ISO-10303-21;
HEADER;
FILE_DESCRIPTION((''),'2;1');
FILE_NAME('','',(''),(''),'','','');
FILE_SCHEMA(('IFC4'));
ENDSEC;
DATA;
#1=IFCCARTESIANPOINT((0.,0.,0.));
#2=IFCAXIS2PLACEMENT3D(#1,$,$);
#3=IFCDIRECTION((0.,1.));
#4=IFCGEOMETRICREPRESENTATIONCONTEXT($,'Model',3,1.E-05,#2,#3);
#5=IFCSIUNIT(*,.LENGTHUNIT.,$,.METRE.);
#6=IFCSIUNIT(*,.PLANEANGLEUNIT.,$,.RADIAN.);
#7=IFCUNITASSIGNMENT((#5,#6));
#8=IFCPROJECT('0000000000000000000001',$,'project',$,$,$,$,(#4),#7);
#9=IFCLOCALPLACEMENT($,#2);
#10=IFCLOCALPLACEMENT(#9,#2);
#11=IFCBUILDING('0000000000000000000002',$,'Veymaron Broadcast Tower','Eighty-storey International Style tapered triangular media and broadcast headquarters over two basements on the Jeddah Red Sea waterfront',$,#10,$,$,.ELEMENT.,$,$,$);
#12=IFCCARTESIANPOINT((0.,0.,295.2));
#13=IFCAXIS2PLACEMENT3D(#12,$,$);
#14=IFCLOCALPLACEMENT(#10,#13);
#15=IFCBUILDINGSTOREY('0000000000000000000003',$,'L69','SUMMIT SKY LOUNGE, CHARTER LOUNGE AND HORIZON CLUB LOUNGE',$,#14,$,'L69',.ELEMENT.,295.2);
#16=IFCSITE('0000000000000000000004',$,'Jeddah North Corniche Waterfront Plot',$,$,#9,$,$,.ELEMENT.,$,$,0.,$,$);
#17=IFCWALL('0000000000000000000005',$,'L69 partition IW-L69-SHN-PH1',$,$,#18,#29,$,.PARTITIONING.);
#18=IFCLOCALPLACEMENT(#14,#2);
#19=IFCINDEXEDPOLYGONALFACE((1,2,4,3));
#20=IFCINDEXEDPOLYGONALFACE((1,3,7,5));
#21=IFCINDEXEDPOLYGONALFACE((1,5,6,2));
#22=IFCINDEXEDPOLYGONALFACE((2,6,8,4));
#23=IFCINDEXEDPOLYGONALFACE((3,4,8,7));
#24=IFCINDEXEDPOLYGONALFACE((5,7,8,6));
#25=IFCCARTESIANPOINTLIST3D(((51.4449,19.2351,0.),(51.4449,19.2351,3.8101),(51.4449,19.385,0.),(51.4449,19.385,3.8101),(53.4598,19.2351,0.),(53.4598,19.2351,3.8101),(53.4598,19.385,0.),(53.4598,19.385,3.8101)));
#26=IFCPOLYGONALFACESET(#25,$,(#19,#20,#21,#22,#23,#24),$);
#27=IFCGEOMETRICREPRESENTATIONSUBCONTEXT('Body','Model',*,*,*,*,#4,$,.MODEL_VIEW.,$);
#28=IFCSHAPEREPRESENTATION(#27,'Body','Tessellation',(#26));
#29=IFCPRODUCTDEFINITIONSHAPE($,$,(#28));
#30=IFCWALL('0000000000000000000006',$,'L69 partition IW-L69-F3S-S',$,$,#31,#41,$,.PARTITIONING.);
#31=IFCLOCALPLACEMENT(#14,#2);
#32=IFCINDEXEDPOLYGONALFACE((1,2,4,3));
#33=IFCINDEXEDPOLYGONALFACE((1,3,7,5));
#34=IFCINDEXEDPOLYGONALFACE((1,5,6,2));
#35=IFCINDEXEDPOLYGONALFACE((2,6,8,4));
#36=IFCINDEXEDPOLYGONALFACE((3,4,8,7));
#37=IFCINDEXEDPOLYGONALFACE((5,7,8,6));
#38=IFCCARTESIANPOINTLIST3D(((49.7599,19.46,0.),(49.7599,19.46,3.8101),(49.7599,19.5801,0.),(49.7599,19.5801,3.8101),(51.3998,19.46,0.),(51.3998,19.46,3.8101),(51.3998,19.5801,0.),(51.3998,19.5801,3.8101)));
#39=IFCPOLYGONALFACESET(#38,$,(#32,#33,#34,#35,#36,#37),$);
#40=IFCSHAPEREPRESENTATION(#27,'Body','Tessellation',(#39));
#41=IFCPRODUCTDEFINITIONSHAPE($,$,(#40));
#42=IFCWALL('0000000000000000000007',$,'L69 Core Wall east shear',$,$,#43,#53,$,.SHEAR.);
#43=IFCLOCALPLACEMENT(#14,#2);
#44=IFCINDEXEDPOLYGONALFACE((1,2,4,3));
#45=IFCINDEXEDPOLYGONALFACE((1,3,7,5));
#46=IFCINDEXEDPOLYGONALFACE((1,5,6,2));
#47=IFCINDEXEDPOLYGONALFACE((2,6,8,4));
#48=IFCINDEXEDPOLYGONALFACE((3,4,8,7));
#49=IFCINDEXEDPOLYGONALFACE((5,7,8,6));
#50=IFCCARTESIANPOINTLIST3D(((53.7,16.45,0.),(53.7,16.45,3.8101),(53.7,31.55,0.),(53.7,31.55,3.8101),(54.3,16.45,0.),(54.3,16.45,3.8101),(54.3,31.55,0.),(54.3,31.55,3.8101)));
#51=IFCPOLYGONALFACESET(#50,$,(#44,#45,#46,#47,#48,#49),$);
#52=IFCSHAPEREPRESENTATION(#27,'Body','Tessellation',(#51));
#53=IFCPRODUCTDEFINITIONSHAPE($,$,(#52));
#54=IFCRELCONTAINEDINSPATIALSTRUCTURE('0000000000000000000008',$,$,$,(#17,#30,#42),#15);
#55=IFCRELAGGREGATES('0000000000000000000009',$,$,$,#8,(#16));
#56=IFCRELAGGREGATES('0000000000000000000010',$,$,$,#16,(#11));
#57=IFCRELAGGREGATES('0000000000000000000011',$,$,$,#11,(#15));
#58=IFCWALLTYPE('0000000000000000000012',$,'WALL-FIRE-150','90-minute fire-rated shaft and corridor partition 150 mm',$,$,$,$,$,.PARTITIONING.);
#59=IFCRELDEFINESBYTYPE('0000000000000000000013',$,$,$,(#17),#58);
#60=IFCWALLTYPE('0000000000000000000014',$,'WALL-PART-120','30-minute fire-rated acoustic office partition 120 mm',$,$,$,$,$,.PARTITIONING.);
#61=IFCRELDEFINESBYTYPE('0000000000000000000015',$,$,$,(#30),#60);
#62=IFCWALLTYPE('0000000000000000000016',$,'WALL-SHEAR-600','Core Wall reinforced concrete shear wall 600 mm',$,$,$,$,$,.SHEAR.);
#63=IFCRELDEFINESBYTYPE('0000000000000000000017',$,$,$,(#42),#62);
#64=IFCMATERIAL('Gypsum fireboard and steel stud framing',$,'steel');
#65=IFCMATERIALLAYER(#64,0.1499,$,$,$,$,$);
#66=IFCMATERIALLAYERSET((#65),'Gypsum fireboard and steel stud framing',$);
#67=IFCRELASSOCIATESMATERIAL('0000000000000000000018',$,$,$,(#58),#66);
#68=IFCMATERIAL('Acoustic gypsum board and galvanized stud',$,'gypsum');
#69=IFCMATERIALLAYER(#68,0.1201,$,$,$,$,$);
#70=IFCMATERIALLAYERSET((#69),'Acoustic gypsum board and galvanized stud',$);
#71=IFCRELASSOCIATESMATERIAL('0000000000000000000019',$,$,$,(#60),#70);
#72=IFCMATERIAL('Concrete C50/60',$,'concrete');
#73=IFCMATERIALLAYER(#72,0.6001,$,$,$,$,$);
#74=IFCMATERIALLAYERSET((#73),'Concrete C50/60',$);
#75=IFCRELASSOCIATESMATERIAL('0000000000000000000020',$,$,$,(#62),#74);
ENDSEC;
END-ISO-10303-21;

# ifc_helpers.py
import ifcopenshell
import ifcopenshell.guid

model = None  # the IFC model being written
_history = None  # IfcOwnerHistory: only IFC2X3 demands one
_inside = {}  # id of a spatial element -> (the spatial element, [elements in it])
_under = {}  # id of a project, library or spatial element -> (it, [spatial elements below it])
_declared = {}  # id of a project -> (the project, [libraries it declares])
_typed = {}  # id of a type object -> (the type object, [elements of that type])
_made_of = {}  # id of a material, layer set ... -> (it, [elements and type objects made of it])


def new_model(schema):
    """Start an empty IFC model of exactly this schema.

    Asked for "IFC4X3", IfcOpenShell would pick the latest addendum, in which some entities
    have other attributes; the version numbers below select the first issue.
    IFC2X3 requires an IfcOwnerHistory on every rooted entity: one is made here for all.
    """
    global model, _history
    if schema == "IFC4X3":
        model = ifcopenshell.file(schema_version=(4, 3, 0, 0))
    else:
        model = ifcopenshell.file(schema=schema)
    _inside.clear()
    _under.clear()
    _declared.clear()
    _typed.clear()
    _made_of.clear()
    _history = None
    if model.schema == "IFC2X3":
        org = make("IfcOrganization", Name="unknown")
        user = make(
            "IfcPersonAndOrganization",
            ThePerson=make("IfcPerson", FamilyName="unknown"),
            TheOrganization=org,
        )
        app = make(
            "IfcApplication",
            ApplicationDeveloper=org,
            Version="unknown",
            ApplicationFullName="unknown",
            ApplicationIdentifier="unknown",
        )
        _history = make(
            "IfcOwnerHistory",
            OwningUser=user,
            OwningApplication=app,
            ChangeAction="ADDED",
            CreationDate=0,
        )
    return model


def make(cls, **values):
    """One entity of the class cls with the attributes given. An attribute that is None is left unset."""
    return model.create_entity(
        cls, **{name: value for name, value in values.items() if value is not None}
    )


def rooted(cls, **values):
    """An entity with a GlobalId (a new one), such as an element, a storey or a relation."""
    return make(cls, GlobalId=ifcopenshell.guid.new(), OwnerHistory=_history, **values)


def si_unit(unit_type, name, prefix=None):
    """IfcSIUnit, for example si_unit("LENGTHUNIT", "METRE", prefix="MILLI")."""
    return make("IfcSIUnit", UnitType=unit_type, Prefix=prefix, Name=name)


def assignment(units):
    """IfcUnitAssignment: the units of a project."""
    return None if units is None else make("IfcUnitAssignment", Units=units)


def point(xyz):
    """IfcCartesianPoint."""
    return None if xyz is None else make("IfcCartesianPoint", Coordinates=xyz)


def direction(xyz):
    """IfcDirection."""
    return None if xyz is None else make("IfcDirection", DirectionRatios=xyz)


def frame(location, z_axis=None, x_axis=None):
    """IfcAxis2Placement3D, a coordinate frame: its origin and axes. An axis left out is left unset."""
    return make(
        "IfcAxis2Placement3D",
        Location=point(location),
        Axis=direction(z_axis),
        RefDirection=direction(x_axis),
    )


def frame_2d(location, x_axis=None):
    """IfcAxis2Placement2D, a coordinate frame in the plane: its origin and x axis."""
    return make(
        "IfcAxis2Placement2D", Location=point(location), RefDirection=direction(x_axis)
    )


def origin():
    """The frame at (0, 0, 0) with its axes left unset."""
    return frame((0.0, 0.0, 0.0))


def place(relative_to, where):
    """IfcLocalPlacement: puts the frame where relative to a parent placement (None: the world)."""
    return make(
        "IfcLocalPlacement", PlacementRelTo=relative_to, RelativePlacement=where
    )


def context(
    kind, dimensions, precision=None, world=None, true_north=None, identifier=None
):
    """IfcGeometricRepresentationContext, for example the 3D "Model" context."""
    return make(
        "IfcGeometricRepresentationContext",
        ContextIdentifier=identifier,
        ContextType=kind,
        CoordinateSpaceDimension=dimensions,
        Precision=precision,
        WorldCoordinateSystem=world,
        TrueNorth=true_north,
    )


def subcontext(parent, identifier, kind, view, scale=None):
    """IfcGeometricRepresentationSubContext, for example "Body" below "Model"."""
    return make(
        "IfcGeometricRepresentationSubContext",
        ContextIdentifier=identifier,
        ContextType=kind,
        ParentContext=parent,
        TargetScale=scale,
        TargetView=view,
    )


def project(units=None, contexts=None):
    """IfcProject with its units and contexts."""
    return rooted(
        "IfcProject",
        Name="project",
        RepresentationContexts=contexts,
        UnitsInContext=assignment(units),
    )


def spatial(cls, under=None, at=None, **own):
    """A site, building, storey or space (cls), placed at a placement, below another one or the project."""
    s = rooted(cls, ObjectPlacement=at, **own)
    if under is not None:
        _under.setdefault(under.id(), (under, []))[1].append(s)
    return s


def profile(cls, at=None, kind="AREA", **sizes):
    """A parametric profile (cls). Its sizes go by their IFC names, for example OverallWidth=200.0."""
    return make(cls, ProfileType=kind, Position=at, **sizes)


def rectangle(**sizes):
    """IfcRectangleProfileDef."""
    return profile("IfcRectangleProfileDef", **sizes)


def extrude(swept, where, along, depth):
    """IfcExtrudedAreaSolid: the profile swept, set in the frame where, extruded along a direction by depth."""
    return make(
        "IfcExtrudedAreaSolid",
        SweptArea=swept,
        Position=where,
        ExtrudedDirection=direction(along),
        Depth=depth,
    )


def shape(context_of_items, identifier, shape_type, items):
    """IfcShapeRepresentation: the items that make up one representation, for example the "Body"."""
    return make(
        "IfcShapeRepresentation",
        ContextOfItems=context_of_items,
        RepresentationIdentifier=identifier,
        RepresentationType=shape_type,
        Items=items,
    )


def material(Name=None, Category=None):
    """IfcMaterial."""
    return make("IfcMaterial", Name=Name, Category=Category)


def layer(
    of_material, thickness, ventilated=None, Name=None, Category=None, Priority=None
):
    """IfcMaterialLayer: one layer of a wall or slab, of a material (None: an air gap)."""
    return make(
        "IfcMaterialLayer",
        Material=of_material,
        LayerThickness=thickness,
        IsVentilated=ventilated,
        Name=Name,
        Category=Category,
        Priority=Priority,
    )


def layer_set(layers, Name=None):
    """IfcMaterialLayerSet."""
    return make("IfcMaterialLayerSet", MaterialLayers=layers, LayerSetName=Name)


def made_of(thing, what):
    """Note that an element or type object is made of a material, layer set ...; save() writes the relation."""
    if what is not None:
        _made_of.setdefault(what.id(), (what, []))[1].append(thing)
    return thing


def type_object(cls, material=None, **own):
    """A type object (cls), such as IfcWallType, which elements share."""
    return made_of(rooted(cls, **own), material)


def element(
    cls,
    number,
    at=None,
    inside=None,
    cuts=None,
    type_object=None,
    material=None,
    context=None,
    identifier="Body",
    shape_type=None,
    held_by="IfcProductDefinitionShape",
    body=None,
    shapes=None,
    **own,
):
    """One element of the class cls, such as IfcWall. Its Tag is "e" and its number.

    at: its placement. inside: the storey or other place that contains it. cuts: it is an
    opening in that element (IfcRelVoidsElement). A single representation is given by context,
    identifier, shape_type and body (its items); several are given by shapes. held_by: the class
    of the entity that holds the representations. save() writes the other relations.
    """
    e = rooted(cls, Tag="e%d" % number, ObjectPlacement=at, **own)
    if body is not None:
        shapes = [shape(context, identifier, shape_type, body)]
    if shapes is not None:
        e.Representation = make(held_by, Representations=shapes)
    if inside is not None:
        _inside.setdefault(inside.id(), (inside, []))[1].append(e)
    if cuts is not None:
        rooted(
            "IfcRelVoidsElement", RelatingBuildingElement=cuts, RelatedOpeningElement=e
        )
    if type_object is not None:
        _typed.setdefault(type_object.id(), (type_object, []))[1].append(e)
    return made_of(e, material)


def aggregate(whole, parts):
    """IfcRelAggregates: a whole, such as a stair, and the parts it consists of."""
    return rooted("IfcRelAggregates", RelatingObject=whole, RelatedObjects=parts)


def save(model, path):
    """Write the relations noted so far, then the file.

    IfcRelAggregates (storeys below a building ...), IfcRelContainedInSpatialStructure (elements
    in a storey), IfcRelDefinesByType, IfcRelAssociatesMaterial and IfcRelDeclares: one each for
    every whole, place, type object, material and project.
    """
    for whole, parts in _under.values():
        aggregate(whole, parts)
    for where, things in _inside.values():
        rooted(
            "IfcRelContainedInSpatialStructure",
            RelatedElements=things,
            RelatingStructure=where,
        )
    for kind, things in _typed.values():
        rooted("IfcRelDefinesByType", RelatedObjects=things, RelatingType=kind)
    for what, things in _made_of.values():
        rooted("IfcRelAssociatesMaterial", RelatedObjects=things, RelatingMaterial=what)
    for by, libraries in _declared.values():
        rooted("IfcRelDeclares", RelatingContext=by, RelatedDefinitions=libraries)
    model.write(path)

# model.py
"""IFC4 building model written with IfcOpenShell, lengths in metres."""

from ifc_helpers import new_model, si_unit, direction, frame, frame_2d, origin, place, context, subcontext, project, spatial, rectangle, extrude, material, layer, layer_set, type_object, element, save


model = new_model("IFC4")

# Units and contexts
model_context = context("Model", 3, precision=1e-05, world=origin(), true_north=direction((0.0, 1.0)))
body_context = subcontext(model_context, "Body", "Model", "MODEL_VIEW")
ifc_project = project(units=[si_unit("LENGTHUNIT", "METRE"), si_unit("PLANEANGLEUNIT", "RADIAN")], contexts=[model_context])

# Site, building, storey
site_placement = place(None, origin())
site = spatial("IfcSite", under=ifc_project, at=site_placement, Name="Jeddah North Corniche Waterfront Plot", CompositionType="ELEMENT", RefElevation=0.0)
building_placement = place(site_placement, origin())
building = spatial("IfcBuilding", under=site, at=building_placement, Name="Veymaron Broadcast Tower", Description="Eighty-storey International Style tapered triangular media and broadcast headquarters over two basements on the Jeddah Red Sea waterfront", CompositionType="ELEMENT")
storey_placement = place(building_placement, frame((0.0, 0.0, 295.2)))
storey = spatial("IfcBuildingStorey", under=building, at=storey_placement, Name="L69", Description="SUMMIT SKY LOUNGE, CHARTER LOUNGE AND HORIZON CLUB LOUNGE", LongName="L69", CompositionType="ELEMENT", Elevation=295.2)

# Shared definitions
ifc_material_1 = material(Name="Gypsum fireboard and steel stud framing", Category="steel")
ifc_layer_1 = layer(ifc_material_1, 0.1499)
ifc_layer_set_1 = layer_set([ifc_layer_1], Name="Gypsum fireboard and steel stud framing")
wall_type_1 = type_object("IfcWallType", Name="WALL-FIRE-150", Description="90-minute fire-rated shaft and corridor partition 150 mm", PredefinedType="PARTITIONING", material=ifc_layer_set_1)

# Wall
for number, where, z_axis, x_axis, name in (
    (1, (51.4451, 19.3101, 0.0), (0.0, 0.0, 1.0), (1.0, 0.0, 0.0), "L69 partition IW-L69-SHN-PH1"),
):
    element("IfcWall", number, at=place(storey_placement, frame(where, z_axis=z_axis, x_axis=x_axis)), inside=storey, type_object=wall_type_1, Name=name, PredefinedType="PARTITIONING", context=body_context, shape_type="SweptSolid", body=[
        extrude(rectangle(XDim=2.0149, YDim=0.1499, at=frame_2d((1.0073, 0.0))), origin(), (0.0, 0.0, 1.0), 3.8101),
    ])

# Shared definitions
ifc_material_2 = material(Name="Acoustic gypsum board and galvanized stud", Category="gypsum")
ifc_layer_2 = layer(ifc_material_2, 0.1201)
ifc_layer_set_2 = layer_set([ifc_layer_2], Name="Acoustic gypsum board and galvanized stud")
wall_type_2 = type_object("IfcWallType", Name="WALL-PART-120", Description="30-minute fire-rated acoustic office partition 120 mm", PredefinedType="PARTITIONING", material=ifc_layer_set_2)

# Walls
wall_1_placement = place(storey_placement, frame((49.76, 19.52, 0.0), z_axis=(0.0, 0.0, 1.0), x_axis=(1.0, 0.0, 0.0)))
element("IfcWall", 2, at=wall_1_placement, inside=storey, type_object=wall_type_2, Name="L69 partition IW-L69-F3S-S", PredefinedType="PARTITIONING", context=body_context, shape_type="SweptSolid", body=[
    extrude(rectangle(XDim=1.6399, YDim=0.1201, at=frame_2d((0.8198, 0.0))), origin(), (0.0, 0.0, 1.0), 3.8101),
])
ifc_material_3 = material(Name="Concrete C50/60", Category="concrete")
ifc_layer_3 = layer(ifc_material_3, 0.6001)
ifc_layer_set_3 = layer_set([ifc_layer_3], Name="Concrete C50/60")
wall_type_3 = type_object("IfcWallType", Name="WALL-SHEAR-600", Description="Core Wall reinforced concrete shear wall 600 mm", PredefinedType="SHEAR", material=ifc_layer_set_3)
wall_2_placement = place(storey_placement, frame((54.0, 16.45, 0.0), z_axis=(0.0, 0.0, 1.0), x_axis=(0.0, 1.0, 0.0)))
element("IfcWall", 3, at=wall_2_placement, inside=storey, type_object=wall_type_3, Name="L69 Core Wall east shear", PredefinedType="SHEAR", context=body_context, shape_type="SweptSolid", body=[
    extrude(rectangle(XDim=15.1001, YDim=0.6001, at=frame_2d((7.55, 0.0))), origin(), (0.0, 0.0, 1.0), 3.8101),
])

save(model, "model.ifc")
